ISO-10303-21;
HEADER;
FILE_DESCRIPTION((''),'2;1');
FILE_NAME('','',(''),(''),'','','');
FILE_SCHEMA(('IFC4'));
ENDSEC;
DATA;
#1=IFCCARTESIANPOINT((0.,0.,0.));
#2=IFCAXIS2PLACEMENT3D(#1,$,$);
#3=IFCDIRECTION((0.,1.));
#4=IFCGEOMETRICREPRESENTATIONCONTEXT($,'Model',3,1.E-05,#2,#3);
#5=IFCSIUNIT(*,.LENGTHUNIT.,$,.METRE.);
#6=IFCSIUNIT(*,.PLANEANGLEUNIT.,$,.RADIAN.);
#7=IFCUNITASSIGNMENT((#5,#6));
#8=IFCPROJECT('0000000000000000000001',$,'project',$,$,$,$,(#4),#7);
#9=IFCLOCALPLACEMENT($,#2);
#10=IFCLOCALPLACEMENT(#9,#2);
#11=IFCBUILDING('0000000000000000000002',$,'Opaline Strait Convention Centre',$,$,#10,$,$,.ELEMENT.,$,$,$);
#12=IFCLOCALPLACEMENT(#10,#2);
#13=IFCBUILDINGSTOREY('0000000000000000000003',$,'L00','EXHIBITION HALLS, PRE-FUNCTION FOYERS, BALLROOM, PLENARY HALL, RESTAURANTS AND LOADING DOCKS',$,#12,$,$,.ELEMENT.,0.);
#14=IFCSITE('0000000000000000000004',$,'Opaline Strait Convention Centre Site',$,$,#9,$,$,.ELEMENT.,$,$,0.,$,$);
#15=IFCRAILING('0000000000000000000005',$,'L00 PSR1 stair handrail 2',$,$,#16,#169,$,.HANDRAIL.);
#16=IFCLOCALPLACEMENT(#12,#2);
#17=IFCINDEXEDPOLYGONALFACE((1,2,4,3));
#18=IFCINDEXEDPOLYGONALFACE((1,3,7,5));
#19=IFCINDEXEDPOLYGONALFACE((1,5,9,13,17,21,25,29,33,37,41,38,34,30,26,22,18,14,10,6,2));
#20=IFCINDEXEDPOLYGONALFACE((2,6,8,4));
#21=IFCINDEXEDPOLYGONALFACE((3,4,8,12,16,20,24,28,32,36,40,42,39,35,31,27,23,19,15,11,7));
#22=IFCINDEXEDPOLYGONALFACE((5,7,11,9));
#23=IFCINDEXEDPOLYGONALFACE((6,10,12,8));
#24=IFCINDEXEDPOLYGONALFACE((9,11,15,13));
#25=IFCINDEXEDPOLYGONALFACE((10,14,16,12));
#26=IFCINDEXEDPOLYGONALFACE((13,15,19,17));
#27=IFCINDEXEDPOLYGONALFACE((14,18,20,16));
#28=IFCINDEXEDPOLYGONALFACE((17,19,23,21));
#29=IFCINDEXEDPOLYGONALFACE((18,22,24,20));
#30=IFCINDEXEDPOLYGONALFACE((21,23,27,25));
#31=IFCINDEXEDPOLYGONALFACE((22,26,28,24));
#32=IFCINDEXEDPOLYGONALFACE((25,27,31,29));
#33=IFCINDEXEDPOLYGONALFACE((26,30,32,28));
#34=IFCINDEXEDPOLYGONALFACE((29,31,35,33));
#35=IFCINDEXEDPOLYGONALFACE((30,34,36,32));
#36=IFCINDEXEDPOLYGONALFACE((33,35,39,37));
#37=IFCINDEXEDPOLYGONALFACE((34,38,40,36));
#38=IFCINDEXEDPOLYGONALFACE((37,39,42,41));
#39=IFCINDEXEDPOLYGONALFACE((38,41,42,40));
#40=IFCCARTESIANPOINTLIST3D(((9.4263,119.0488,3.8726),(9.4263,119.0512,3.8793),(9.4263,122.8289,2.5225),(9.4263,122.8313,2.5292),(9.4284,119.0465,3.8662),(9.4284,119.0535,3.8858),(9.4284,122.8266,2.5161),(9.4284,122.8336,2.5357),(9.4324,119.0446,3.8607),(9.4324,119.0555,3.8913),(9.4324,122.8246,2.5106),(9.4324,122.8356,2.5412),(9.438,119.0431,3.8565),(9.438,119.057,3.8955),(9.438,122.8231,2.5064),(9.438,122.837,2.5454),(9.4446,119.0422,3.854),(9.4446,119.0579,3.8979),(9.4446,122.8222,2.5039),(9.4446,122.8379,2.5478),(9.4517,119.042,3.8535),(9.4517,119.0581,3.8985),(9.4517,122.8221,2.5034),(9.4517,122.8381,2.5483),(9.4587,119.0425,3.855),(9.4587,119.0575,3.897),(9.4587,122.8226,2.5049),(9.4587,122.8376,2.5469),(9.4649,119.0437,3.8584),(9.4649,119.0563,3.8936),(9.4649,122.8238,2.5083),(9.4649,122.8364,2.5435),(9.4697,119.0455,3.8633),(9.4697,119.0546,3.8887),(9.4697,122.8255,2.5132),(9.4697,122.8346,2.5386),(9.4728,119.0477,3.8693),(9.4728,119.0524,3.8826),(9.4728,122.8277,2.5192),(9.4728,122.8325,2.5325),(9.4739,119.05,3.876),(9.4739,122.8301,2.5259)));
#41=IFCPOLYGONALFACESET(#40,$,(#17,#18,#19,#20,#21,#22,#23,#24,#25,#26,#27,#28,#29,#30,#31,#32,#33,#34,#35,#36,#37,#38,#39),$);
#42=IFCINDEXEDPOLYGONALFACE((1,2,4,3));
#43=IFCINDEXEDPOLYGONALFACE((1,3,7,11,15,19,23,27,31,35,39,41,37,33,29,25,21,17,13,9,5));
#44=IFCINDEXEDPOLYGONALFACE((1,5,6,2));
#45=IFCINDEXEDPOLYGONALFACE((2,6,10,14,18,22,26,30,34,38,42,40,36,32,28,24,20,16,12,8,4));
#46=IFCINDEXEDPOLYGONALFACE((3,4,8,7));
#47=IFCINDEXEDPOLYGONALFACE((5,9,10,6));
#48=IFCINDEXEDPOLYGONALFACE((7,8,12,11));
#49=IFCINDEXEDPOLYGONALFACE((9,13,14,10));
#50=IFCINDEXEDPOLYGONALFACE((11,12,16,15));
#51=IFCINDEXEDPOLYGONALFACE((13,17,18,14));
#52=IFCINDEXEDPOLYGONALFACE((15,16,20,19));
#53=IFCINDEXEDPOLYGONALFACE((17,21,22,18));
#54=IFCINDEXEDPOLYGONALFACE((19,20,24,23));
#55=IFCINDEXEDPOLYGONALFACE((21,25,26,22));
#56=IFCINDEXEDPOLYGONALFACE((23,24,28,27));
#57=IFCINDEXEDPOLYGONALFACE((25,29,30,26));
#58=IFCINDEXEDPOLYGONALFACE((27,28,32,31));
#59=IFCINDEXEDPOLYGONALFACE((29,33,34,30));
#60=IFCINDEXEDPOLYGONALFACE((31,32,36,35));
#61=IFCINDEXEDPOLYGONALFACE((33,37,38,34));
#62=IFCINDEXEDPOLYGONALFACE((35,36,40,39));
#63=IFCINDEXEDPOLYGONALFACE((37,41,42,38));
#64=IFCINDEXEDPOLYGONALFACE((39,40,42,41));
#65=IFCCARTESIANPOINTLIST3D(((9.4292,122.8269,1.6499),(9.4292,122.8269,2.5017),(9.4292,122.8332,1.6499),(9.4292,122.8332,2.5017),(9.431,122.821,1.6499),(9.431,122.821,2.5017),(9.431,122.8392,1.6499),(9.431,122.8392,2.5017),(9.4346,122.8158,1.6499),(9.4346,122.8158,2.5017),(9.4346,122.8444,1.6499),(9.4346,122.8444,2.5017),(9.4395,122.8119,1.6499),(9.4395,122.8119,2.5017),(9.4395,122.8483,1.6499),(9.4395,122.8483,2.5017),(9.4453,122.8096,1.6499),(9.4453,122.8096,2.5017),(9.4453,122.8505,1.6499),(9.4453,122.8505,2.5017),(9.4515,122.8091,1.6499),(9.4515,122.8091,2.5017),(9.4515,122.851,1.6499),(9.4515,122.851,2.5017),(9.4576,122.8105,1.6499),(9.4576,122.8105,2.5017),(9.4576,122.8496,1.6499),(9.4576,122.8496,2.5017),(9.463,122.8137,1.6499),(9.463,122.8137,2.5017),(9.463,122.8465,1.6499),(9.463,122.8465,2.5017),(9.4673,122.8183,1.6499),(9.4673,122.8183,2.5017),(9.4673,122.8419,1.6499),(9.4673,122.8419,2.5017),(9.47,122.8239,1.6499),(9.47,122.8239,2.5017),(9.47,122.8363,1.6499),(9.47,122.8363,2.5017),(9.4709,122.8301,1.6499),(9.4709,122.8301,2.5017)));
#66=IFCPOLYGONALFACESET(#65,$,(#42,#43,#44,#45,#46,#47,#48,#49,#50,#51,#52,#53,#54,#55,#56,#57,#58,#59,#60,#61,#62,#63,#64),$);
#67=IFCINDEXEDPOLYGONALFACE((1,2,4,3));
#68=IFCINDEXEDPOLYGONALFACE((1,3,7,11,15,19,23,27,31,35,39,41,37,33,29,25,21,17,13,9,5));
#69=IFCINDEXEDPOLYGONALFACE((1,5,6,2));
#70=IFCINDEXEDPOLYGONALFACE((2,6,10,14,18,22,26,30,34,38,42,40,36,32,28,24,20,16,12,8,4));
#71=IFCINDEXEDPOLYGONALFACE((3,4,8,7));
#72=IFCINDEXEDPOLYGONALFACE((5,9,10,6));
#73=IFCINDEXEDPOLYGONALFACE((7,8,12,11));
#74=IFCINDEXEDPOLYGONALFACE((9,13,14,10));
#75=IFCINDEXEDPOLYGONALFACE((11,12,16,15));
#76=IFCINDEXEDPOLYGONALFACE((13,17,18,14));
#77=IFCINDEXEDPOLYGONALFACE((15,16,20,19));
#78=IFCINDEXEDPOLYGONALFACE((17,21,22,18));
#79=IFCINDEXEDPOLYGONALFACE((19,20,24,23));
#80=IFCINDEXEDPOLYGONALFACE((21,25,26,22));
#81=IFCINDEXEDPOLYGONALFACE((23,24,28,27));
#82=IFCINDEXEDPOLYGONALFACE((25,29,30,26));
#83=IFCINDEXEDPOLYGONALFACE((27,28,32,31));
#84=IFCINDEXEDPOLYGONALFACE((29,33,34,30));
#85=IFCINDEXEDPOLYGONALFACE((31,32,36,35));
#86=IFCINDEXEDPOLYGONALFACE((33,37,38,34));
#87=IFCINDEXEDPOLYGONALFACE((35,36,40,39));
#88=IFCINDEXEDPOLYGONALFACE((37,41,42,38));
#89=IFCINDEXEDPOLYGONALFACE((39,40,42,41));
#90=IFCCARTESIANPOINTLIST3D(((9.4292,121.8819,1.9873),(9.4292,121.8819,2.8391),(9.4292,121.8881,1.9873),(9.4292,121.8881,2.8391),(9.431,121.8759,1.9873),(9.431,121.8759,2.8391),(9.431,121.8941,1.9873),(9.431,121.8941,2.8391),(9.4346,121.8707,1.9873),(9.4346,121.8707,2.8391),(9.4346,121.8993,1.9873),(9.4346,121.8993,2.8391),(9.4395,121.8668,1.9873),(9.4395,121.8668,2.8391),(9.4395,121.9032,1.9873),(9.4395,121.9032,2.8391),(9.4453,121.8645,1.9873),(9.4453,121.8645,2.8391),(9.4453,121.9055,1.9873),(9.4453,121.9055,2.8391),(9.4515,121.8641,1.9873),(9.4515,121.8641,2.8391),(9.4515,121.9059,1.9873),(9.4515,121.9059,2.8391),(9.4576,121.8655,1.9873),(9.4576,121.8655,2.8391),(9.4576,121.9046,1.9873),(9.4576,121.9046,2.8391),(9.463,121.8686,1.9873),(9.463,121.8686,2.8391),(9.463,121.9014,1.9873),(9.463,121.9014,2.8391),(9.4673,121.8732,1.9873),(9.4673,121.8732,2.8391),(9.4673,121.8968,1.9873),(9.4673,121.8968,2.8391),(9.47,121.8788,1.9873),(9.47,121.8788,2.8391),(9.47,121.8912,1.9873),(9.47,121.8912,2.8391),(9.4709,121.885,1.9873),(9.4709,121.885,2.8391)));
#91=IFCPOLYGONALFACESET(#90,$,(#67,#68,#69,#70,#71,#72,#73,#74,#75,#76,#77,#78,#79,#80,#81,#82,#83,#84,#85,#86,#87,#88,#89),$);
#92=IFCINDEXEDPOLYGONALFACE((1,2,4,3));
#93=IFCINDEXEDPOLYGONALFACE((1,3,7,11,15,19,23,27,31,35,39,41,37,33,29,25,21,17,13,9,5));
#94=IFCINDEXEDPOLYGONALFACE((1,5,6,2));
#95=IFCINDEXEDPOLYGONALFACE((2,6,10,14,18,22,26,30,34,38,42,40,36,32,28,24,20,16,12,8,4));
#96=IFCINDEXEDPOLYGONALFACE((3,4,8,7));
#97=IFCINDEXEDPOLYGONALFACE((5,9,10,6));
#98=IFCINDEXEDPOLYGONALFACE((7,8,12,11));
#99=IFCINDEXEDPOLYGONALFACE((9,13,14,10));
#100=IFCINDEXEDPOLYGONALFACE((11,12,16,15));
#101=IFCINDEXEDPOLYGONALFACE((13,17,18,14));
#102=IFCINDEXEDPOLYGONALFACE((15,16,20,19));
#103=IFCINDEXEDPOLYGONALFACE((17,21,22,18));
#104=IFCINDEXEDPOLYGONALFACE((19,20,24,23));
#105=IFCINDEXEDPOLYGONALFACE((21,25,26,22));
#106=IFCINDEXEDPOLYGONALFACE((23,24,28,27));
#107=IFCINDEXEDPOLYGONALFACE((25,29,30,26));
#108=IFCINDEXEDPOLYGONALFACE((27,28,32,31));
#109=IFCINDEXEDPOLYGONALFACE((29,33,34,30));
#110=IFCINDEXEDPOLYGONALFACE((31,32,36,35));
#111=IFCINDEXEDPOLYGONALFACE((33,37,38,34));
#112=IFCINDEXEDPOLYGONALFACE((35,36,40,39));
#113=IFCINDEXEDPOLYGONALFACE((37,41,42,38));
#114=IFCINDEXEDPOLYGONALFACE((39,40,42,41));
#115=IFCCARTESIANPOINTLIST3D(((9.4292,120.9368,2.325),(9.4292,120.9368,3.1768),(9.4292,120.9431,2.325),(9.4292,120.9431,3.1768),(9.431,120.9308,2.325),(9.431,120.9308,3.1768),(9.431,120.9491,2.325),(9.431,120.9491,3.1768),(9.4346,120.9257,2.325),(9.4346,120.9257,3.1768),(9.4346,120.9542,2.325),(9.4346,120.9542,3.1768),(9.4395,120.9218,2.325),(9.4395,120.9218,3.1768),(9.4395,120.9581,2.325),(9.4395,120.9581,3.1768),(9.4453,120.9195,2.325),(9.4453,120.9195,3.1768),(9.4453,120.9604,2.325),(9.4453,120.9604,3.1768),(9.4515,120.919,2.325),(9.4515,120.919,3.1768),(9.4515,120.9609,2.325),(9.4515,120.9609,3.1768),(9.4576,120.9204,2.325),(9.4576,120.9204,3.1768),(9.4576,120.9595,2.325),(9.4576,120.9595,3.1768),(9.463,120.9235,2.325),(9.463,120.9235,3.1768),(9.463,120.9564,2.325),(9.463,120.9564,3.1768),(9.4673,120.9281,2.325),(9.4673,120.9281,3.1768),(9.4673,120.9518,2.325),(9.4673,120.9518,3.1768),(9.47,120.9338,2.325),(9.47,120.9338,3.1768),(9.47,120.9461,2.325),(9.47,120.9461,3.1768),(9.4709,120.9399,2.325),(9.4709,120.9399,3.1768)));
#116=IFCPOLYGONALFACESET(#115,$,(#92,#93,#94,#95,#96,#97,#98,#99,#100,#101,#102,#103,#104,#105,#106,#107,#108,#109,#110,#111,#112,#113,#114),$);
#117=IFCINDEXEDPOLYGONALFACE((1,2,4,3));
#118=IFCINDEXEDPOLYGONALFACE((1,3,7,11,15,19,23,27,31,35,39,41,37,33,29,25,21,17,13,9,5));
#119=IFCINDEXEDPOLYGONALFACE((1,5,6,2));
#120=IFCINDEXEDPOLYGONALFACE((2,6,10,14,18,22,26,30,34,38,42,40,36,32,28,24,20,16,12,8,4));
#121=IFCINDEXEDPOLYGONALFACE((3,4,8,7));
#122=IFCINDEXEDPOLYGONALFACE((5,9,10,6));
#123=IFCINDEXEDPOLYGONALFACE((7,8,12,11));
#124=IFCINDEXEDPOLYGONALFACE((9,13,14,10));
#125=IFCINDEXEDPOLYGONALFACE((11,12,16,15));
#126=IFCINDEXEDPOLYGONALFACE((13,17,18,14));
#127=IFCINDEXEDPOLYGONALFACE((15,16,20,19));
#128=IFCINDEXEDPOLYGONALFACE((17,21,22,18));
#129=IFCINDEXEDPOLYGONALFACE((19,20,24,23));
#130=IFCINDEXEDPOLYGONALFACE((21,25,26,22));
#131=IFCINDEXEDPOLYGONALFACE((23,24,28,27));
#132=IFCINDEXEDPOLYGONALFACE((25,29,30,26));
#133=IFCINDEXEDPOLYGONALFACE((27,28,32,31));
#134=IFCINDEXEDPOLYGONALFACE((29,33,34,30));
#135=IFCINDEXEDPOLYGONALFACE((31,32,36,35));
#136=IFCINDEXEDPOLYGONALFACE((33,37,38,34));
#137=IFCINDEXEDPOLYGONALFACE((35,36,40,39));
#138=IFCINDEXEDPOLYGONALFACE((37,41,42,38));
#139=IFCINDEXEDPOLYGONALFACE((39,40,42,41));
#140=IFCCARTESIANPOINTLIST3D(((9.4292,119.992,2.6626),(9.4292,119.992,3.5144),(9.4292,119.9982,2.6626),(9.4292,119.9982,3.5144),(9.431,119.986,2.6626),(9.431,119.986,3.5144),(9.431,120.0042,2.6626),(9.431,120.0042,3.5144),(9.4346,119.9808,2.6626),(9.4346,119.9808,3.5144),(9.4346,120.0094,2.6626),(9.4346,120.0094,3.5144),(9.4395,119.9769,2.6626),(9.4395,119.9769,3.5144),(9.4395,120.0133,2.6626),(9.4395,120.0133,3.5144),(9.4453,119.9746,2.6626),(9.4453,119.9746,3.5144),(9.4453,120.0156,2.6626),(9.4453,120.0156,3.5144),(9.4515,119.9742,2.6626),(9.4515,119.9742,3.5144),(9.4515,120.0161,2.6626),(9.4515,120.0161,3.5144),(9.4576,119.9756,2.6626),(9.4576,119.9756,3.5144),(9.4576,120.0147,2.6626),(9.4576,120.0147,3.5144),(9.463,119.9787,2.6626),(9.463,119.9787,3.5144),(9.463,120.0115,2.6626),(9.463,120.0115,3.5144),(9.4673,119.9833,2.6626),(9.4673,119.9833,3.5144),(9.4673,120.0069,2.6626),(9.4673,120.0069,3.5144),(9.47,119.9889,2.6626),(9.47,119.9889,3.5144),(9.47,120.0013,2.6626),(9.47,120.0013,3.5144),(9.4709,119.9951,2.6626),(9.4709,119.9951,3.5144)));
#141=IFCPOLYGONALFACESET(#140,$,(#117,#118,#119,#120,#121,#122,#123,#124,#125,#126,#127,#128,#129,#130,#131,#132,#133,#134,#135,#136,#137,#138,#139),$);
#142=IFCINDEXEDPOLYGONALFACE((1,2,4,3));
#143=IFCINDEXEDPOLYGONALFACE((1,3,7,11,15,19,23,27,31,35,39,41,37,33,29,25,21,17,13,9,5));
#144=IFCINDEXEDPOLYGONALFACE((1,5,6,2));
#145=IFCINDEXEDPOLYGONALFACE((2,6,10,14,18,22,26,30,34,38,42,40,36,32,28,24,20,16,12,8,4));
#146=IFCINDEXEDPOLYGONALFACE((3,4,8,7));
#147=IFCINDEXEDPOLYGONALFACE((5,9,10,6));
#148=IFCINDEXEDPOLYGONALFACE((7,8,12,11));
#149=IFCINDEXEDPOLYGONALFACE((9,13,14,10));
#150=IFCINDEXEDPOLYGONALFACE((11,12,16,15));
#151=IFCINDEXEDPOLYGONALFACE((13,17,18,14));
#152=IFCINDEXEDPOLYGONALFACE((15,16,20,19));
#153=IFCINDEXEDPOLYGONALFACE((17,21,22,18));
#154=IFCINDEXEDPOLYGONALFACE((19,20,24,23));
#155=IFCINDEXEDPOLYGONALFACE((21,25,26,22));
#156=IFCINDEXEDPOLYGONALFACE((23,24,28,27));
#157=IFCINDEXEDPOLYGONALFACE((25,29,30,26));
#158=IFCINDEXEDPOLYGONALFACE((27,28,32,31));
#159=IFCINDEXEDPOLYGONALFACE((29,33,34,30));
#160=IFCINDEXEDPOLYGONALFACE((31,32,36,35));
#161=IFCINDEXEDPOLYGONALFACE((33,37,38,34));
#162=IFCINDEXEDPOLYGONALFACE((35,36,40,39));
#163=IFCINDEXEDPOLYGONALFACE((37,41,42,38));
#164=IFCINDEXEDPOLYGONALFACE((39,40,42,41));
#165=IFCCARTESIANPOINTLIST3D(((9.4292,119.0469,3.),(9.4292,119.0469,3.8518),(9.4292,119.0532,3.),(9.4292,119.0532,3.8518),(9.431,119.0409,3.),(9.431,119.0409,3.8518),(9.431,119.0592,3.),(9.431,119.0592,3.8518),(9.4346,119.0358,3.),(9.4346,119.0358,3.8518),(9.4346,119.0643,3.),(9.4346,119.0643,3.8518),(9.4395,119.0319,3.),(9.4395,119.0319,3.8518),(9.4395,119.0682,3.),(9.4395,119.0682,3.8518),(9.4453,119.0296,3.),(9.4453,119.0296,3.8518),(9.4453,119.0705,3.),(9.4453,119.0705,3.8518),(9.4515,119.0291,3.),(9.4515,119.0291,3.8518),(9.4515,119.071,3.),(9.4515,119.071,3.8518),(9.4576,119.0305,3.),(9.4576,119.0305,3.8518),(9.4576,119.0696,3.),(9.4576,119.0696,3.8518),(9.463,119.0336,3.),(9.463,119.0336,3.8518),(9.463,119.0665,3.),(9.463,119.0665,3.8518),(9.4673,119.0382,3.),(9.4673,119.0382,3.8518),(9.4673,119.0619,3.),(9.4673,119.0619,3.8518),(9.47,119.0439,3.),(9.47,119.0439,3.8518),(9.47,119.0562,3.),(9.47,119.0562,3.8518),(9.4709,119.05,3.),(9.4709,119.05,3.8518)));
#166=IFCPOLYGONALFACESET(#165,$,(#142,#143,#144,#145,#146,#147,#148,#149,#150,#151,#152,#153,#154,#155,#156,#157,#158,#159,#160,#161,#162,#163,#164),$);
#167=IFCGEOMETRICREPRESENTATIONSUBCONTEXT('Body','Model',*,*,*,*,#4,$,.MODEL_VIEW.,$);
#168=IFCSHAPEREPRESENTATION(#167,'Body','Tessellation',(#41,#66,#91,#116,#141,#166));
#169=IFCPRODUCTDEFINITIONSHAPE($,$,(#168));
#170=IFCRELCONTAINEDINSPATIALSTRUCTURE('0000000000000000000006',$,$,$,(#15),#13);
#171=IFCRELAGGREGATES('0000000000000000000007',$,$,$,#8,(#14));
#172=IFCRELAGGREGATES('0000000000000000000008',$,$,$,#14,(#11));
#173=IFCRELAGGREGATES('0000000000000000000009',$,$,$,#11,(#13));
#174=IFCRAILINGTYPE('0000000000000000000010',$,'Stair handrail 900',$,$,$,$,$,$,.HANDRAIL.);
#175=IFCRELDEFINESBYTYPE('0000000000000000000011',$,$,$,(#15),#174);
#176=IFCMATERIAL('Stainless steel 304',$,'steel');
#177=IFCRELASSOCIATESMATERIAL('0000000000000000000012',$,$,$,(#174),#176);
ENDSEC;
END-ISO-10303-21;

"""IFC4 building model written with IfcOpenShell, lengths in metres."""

from ifc_helpers import new_model, si_unit, direction, frame, origin, origin_2d, place, context, subcontext, project, spatial, circle, extrude, material, type_object, element, save


model = new_model("IFC4")

# Units and contexts
model_context = context("Model", 3, precision=1e-05, world=origin(), true_north=direction((0.0, 1.0)))
body_context = subcontext(model_context, "Body", "Model", "MODEL_VIEW")
ifc_project = project(units=[si_unit("LENGTHUNIT", "METRE"), si_unit("PLANEANGLEUNIT", "RADIAN")], contexts=[model_context])

# Site, building, storey
site_placement = place(None, origin())
site = spatial("IfcSite", under=ifc_project, at=site_placement, Name="Opaline Strait Convention Centre Site", CompositionType="ELEMENT", RefElevation=0.0)
building_placement = place(site_placement, origin())
building = spatial("IfcBuilding", under=site, at=building_placement, Name="Opaline Strait Convention Centre", CompositionType="ELEMENT")
storey_placement = place(building_placement, origin())
storey = spatial("IfcBuildingStorey", under=building, at=storey_placement, Name="L00", Description="EXHIBITION HALLS, PRE-FUNCTION FOYERS, BALLROOM, PLENARY HALL, RESTAURANTS AND LOADING DOCKS", CompositionType="ELEMENT", Elevation=0.0)

# Railing
ifc_material_1 = material(Name="Stainless steel 304", Category="steel")
railing_type_1 = type_object("IfcRailingType", Name="Stair handrail 900", PredefinedType="HANDRAIL", material=ifc_material_1)
for number, where, name in (
    (1, (9.45, 122.8301, 1.6499), "L00 PSR1 stair handrail 2"),
):
    element("IfcRailing", number, at=place(storey_placement, frame(where)), inside=storey, type_object=railing_type_1, Name=name, PredefinedType="HANDRAIL", context=body_context, shape_type="SweptSolid", body=[
        extrude(circle(Radius=0.0239, at=origin_2d()), frame((0.0, 0.0, 0.876), z_axis=(0.0, -0.941735, 0.336356), x_axis=(1.0, 0.0, 0.0)), (0.0, 0.0, 1.0), 4.0139),
        extrude(circle(Radius=0.021, at=origin_2d()), origin(), (0.0, 0.0, 1.0), 0.8518),
        extrude(circle(Radius=0.021, at=origin_2d()), frame((0.0, -0.9451, 0.3374)), (0.0, 0.0, 1.0), 0.8518),
        extrude(circle(Radius=0.021, at=origin_2d()), frame((0.0, -1.8901, 0.675)), (0.0, 0.0, 1.0), 0.8518),
        extrude(circle(Radius=0.021, at=origin_2d()), frame((0.0, -2.835, 1.0127)), (0.0, 0.0, 1.0), 0.8518),
        extrude(circle(Radius=0.021, at=origin_2d()), frame((0.0, -3.78, 1.3501)), (0.0, 0.0, 1.0), 0.8518),
    ])

save(model, "model.ifc")
